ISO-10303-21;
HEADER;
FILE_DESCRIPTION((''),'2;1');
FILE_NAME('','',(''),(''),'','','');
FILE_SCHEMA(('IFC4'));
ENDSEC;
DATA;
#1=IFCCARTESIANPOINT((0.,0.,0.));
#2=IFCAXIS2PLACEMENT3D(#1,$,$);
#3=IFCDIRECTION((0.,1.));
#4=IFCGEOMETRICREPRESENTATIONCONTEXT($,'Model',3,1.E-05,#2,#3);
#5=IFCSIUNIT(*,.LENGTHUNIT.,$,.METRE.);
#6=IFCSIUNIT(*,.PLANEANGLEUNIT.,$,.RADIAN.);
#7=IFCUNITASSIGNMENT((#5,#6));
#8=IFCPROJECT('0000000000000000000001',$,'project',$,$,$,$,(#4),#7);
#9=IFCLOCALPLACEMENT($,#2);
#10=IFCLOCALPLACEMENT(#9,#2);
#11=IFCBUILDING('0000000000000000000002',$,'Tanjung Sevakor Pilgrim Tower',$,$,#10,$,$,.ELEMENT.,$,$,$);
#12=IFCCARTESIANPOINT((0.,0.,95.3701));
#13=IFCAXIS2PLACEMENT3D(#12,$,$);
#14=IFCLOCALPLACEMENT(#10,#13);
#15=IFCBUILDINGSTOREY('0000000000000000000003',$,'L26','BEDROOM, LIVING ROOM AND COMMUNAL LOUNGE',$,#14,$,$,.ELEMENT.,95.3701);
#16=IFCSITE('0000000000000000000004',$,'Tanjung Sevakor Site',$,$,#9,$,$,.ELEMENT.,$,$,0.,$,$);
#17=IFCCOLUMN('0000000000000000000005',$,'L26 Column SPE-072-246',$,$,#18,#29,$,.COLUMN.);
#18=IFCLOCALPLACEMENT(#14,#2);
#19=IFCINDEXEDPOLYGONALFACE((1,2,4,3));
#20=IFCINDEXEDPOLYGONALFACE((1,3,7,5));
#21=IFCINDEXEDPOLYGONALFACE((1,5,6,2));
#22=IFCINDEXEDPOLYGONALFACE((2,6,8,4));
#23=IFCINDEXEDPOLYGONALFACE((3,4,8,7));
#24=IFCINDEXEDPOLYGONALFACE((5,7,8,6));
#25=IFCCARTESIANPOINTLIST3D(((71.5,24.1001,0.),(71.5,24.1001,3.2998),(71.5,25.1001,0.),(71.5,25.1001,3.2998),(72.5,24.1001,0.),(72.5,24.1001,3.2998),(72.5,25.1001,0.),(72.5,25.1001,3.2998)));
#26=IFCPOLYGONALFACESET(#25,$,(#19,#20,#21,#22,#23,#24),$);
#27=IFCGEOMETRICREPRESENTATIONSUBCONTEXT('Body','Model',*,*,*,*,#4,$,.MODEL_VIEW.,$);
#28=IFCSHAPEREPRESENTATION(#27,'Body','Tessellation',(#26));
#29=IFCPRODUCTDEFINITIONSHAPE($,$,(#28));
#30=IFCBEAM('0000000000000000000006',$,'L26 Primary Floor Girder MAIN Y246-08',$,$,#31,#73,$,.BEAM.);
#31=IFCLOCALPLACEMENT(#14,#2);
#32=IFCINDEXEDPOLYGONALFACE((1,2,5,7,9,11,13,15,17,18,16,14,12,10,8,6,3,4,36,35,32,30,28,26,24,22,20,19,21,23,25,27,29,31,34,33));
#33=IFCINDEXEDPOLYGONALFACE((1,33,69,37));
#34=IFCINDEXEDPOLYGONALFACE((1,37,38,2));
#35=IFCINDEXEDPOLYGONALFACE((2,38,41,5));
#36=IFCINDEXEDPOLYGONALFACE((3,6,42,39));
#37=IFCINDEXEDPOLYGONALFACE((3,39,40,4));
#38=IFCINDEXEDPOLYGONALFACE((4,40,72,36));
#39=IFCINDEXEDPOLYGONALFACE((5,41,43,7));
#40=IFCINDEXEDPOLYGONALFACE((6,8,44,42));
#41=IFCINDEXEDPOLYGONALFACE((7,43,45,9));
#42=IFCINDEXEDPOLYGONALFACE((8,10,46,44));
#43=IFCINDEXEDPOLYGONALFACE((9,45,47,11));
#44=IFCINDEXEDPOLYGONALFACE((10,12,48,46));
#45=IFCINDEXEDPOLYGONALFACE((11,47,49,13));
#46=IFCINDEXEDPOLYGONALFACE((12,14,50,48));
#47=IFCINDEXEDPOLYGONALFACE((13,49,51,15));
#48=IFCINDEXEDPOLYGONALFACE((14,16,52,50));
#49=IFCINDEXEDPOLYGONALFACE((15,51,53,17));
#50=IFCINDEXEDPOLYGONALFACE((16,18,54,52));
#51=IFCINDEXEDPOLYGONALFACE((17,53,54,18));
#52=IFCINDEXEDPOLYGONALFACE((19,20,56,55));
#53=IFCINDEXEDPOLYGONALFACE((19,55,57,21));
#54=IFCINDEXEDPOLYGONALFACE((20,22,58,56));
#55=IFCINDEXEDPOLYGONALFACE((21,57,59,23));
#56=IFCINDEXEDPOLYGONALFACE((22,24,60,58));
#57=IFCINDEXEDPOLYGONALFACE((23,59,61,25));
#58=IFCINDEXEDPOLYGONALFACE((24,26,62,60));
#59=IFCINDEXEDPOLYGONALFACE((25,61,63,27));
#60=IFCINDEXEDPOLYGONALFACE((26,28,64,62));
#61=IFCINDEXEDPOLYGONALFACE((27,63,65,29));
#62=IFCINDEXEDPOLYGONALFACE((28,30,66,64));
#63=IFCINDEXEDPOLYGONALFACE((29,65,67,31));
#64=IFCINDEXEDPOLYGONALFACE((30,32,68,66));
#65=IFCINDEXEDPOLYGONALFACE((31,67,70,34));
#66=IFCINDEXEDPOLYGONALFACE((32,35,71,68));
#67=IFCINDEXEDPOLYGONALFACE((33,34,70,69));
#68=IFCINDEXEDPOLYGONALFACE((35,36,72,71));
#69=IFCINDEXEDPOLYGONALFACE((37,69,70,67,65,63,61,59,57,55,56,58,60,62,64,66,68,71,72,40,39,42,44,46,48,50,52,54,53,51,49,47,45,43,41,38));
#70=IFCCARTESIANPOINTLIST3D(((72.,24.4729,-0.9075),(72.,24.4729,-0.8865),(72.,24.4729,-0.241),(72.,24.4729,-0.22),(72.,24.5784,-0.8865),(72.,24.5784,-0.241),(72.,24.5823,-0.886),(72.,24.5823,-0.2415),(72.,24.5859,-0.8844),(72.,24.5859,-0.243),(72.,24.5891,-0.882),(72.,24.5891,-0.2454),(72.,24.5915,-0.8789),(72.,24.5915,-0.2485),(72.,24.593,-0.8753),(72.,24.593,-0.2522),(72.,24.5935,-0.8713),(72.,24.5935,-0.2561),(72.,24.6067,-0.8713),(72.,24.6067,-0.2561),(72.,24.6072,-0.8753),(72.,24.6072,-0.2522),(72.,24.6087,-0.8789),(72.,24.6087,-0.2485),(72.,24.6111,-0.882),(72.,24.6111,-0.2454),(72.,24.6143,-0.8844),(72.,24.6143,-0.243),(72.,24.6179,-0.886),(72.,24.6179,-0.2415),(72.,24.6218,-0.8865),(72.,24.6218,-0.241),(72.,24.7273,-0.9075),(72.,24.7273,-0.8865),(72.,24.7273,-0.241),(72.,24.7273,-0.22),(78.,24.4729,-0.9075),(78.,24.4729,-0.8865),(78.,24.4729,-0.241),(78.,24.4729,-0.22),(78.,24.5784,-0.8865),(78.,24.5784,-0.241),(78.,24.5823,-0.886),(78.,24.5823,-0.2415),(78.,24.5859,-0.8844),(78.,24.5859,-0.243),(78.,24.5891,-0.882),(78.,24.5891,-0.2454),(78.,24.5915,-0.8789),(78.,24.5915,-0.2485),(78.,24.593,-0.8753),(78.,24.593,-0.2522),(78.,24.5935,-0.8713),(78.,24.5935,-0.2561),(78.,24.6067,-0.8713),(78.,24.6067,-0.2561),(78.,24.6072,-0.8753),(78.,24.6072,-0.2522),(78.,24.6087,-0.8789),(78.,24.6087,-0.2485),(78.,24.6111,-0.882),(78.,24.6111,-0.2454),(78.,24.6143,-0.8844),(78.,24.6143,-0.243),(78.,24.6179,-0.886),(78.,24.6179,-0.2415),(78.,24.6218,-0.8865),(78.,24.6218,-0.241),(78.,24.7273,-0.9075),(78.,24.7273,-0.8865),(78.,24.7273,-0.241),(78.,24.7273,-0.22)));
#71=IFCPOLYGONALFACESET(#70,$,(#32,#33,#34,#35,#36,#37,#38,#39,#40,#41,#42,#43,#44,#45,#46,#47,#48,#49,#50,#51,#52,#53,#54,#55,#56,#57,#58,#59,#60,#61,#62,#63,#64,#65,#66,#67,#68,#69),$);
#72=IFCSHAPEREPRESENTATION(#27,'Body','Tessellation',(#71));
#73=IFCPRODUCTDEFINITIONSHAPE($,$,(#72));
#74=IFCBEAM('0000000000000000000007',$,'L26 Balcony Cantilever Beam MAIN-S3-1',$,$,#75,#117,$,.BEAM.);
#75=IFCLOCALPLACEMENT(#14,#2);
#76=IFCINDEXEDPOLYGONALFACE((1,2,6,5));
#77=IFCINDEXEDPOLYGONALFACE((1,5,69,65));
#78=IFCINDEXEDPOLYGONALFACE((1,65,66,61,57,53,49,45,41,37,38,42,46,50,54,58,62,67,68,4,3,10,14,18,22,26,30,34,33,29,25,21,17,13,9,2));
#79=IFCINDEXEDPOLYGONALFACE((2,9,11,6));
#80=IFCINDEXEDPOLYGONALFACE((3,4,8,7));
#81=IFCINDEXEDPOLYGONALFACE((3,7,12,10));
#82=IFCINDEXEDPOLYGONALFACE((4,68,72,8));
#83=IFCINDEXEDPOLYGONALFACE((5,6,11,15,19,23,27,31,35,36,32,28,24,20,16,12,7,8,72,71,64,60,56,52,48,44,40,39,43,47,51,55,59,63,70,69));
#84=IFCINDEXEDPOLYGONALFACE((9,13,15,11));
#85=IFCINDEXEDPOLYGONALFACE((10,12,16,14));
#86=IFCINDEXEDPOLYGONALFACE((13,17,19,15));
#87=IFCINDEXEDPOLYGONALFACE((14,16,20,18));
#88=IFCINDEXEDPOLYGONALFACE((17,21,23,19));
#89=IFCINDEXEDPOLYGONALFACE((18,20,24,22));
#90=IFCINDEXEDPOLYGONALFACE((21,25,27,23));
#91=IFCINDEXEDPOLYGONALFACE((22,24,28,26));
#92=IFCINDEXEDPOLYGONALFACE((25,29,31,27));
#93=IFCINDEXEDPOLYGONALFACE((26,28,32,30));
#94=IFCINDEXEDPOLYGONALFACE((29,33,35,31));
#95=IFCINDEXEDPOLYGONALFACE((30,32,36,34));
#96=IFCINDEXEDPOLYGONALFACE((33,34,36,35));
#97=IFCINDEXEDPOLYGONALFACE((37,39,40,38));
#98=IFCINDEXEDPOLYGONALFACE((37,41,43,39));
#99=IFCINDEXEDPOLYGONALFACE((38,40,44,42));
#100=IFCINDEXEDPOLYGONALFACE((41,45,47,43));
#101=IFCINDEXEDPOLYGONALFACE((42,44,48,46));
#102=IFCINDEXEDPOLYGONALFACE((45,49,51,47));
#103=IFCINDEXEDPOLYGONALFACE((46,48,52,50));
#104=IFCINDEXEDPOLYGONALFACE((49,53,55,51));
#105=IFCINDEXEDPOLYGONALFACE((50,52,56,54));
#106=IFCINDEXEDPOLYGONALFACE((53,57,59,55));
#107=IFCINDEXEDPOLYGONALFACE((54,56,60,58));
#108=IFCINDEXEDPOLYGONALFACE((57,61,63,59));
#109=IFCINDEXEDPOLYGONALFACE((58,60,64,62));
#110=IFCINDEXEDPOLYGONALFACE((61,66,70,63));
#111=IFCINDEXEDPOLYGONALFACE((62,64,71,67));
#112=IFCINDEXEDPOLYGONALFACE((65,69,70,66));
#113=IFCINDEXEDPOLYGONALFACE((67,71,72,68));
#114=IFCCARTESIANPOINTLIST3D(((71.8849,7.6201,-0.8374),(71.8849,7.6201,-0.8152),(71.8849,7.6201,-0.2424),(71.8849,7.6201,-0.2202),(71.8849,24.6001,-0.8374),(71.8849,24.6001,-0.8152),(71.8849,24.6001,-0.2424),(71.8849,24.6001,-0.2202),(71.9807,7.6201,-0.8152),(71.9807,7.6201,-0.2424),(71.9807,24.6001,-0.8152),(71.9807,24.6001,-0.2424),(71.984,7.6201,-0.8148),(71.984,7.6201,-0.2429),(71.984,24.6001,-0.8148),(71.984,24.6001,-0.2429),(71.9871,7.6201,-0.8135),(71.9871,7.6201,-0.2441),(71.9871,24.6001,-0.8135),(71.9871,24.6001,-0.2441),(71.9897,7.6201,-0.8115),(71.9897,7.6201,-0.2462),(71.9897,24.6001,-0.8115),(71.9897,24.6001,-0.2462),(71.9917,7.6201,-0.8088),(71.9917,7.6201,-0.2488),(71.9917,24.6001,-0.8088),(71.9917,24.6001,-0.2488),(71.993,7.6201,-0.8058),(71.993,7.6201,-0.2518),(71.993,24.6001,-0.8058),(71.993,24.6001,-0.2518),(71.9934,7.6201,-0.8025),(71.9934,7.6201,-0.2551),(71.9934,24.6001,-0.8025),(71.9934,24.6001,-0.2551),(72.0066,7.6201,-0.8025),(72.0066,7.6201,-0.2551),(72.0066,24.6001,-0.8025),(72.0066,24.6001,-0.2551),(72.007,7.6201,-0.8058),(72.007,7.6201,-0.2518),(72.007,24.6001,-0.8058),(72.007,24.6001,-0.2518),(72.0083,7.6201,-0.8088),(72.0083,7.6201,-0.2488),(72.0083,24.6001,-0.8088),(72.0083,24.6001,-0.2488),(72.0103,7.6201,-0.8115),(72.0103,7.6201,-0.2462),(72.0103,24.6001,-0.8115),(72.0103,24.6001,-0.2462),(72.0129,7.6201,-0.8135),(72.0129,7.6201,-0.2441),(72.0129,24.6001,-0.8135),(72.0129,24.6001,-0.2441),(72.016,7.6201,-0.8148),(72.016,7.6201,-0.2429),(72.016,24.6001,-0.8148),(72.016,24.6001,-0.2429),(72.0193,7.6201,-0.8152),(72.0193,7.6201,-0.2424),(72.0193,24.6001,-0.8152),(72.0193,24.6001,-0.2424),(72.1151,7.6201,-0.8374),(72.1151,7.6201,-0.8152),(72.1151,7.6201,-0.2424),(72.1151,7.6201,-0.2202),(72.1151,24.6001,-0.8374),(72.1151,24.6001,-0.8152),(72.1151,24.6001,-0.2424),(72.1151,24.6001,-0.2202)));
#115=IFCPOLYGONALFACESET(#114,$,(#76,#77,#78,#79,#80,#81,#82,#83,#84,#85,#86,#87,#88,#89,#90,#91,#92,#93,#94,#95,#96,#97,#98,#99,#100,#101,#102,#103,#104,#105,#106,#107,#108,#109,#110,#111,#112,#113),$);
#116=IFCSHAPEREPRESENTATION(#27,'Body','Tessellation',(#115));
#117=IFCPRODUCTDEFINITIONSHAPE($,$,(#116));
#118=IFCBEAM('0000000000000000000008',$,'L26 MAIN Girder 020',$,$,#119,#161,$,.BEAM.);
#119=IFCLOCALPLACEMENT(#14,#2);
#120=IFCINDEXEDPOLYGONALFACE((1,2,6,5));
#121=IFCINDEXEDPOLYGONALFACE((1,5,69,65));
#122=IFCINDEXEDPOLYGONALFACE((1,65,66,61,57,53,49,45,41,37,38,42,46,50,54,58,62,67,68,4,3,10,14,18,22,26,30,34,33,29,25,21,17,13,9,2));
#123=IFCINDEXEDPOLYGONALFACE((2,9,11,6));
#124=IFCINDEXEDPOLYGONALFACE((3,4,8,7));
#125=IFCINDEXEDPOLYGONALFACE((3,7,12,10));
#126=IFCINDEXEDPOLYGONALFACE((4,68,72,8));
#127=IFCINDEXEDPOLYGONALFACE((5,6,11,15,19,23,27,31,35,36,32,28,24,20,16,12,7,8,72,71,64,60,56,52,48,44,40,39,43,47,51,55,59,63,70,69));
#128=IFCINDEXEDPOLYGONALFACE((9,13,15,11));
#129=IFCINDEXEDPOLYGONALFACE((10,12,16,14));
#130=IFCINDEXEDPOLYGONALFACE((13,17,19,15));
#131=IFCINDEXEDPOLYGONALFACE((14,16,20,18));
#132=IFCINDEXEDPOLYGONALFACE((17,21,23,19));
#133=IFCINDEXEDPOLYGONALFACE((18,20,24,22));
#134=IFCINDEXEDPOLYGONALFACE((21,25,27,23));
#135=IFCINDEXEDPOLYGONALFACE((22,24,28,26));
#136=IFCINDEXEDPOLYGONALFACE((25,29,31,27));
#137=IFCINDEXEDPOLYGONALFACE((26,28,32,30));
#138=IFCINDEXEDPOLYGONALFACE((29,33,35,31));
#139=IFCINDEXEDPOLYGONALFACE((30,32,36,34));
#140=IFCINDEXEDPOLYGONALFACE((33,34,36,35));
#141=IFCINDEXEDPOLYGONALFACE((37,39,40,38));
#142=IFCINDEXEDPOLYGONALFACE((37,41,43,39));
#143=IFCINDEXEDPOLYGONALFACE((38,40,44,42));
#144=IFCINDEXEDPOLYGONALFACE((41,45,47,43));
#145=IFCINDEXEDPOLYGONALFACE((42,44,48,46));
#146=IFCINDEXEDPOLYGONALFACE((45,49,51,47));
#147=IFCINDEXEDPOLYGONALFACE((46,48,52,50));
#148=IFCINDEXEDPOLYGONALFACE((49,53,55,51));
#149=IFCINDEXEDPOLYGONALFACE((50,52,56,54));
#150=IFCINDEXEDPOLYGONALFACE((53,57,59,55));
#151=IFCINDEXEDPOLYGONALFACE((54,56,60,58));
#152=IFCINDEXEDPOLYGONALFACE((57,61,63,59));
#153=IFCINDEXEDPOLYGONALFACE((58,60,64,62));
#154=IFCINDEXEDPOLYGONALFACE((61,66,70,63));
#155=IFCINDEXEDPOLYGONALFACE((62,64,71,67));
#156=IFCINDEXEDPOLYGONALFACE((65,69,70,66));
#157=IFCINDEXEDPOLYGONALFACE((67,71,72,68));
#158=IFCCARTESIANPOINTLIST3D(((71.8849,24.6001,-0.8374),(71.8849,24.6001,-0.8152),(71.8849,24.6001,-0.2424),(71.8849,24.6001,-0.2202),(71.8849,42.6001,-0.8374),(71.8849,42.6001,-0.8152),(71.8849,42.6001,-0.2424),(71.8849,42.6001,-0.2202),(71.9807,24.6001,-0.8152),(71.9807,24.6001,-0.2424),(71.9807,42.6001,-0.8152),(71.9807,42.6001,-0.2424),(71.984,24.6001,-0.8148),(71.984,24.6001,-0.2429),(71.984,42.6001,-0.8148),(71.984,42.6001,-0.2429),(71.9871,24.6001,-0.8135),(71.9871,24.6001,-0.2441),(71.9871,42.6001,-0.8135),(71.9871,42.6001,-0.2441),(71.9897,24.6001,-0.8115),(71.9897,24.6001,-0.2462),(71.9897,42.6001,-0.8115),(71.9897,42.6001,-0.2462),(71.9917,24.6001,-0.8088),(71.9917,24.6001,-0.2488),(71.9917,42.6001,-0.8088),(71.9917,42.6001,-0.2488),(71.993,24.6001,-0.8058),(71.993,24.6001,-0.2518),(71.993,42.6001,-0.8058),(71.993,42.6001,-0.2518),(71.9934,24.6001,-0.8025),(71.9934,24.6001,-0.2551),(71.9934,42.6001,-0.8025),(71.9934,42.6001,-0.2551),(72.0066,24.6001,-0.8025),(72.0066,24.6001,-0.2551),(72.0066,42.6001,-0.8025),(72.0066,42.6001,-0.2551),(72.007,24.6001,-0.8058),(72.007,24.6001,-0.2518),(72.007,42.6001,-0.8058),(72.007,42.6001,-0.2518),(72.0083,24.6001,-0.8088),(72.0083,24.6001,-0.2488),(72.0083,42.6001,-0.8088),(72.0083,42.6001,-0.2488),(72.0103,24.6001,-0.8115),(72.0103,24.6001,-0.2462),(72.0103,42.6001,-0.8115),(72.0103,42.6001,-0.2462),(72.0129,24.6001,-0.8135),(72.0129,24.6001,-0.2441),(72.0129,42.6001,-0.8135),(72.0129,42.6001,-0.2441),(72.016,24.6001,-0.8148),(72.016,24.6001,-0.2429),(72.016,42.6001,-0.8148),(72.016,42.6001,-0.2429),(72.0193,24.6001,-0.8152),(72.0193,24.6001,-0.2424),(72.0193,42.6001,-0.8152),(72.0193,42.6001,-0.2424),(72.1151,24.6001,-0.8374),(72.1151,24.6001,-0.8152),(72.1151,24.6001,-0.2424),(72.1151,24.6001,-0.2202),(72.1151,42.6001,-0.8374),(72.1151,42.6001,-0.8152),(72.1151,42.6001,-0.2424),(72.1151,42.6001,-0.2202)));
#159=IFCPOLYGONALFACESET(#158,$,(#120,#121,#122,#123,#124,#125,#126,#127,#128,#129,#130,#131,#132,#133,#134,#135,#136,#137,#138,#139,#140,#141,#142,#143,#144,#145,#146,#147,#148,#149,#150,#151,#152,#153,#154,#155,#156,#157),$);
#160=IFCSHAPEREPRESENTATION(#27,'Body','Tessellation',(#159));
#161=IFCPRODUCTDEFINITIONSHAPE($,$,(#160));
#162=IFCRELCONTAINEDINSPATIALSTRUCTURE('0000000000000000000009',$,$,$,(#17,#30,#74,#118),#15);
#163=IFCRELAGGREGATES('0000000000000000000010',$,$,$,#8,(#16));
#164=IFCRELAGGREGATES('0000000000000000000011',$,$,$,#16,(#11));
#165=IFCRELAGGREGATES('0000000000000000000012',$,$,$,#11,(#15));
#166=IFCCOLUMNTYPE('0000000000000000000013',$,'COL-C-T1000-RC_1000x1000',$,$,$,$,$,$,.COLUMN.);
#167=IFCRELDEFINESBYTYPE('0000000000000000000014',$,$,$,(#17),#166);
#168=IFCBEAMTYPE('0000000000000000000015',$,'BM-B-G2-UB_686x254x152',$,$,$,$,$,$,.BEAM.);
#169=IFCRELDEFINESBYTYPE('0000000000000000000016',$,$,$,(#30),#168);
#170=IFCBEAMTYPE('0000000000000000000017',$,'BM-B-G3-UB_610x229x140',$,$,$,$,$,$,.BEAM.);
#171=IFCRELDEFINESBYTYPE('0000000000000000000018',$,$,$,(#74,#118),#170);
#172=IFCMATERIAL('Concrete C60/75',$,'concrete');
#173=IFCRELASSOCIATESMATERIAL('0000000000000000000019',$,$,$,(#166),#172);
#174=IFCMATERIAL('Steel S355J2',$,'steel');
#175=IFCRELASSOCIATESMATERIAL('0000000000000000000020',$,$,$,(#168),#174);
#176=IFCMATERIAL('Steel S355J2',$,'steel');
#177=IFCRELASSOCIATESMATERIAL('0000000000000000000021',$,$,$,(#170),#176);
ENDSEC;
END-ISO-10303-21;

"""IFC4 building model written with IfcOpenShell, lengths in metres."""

from ifc_helpers import new_model, si_unit, direction, frame, origin, origin_2d, place, context, subcontext, project, spatial, rectangle, i_section, extrude, material, material_profile, profile_set, type_object, element, save


model = new_model("IFC4")

# Units and contexts
model_context = context("Model", 3, precision=1e-05, world=origin(), true_north=direction((0.0, 1.0)))
body_context = subcontext(model_context, "Body", "Model", "MODEL_VIEW")
ifc_project = project(units=[si_unit("LENGTHUNIT", "METRE"), si_unit("PLANEANGLEUNIT", "RADIAN")], contexts=[model_context])

# Site, building, storey
site_placement = place(None, origin())
site = spatial("IfcSite", under=ifc_project, at=site_placement, Name="Tanjung Sevakor Site", CompositionType="ELEMENT", RefElevation=0.0)
building_placement = place(site_placement, origin())
building = spatial("IfcBuilding", under=site, at=building_placement, Name="Tanjung Sevakor Pilgrim Tower", CompositionType="ELEMENT")
storey_placement = place(building_placement, frame((0.0, 0.0, 95.3701)))
storey = spatial("IfcBuildingStorey", under=building, at=storey_placement, Name="L26", Description="BEDROOM, LIVING ROOM AND COMMUNAL LOUNGE", CompositionType="ELEMENT", Elevation=95.3701)

# Column
ifc_material_1 = material(Name="Concrete C60/75", Category="concrete")
ifc_material_profile_1 = material_profile(ifc_material_1, rectangle(XDim=1.0, YDim=1.0, at=origin_2d()))
ifc_profile_set_1 = profile_set([ifc_material_profile_1], Name="Concrete C60/75")
column_type = type_object("IfcColumnType", Name="COL-C-T1000-RC_1000x1000", PredefinedType="COLUMN", material=ifc_profile_set_1)
column_placement = place(storey_placement, frame((72.0, 24.6001, 0.0), z_axis=(0.0, 0.0, 1.0), x_axis=(1.0, 0.0, 0.0)))
element("IfcColumn", 1, at=column_placement, inside=storey, type_object=column_type, Name="L26 Column SPE-072-246", PredefinedType="COLUMN", context=body_context, shape_type="SweptSolid", body=[
    extrude(rectangle(XDim=1.0, YDim=1.0, at=origin_2d()), origin(), (0.0, 0.0, 1.0), 3.2998),
])

# Beams
ifc_material_2 = material(Name="Steel S355J2", Category="steel")
ifc_material_profile_2 = material_profile(ifc_material_2, i_section(OverallWidth=0.2544, OverallDepth=0.6875, WebThickness=0.0132, FlangeThickness=0.021, FilletRadius=0.0151, at=origin_2d()))
ifc_profile_set_2 = profile_set([ifc_material_profile_2], Name="Steel S355J2")
beam_type_1 = type_object("IfcBeamType", Name="BM-B-G2-UB_686x254x152", PredefinedType="BEAM", material=ifc_profile_set_2)
beam_1_placement = place(storey_placement, frame((72.0, 24.6001, -0.5637), z_axis=(1.0, 0.0, 0.0), x_axis=(0.0, 1.0, 0.0)))
element("IfcBeam", 2, at=beam_1_placement, inside=storey, type_object=beam_type_1, Name="L26 Primary Floor Girder MAIN Y246-08", PredefinedType="BEAM", context=body_context, shape_type="SweptSolid", body=[
    extrude(i_section(OverallWidth=0.2544, OverallDepth=0.6875, WebThickness=0.0132, FlangeThickness=0.021, FilletRadius=0.0151, at=origin_2d()), origin(), (0.0, 0.0, 1.0), 6.0),
])
ifc_material_3 = material(Name="Steel S355J2", Category="steel")
ifc_material_profile_3 = material_profile(ifc_material_3, i_section(OverallWidth=0.2302, OverallDepth=0.6172, WebThickness=0.0132, FlangeThickness=0.0222, FilletRadius=0.0127, at=origin_2d()))
ifc_profile_set_3 = profile_set([ifc_material_profile_3], Name="Steel S355J2")
beam_type_2 = type_object("IfcBeamType", Name="BM-B-G3-UB_610x229x140", PredefinedType="BEAM", material=ifc_profile_set_3)
beam_2_placement = place(storey_placement, frame((72.0, 24.6001, -0.5288), z_axis=(0.0, -1.0, 0.0), x_axis=(1.0, 0.0, 0.0)))
element("IfcBeam", 3, at=beam_2_placement, inside=storey, type_object=beam_type_2, Name="L26 Balcony Cantilever Beam MAIN-S3-1", PredefinedType="BEAM", context=body_context, shape_type="SweptSolid", body=[
    extrude(i_section(OverallWidth=0.2302, OverallDepth=0.6172, WebThickness=0.0132, FlangeThickness=0.0222, FilletRadius=0.0127, at=origin_2d()), origin(), (0.0, 0.0, 1.0), 16.98),
])
beam_3_placement = place(storey_placement, frame((72.0, 24.6001, -0.5288), z_axis=(0.0, 1.0, 0.0), x_axis=(-1.0, 0.0, 0.0)))
element("IfcBeam", 4, at=beam_3_placement, inside=storey, type_object=beam_type_2, Name="L26 MAIN Girder 020", PredefinedType="BEAM", context=body_context, shape_type="SweptSolid", body=[
    extrude(i_section(OverallWidth=0.2302, OverallDepth=0.6172, WebThickness=0.0132, FlangeThickness=0.0222, FilletRadius=0.0127, at=origin_2d()), origin(), (0.0, 0.0, 1.0), 18.0),
])

save(model, "model.ifc")
